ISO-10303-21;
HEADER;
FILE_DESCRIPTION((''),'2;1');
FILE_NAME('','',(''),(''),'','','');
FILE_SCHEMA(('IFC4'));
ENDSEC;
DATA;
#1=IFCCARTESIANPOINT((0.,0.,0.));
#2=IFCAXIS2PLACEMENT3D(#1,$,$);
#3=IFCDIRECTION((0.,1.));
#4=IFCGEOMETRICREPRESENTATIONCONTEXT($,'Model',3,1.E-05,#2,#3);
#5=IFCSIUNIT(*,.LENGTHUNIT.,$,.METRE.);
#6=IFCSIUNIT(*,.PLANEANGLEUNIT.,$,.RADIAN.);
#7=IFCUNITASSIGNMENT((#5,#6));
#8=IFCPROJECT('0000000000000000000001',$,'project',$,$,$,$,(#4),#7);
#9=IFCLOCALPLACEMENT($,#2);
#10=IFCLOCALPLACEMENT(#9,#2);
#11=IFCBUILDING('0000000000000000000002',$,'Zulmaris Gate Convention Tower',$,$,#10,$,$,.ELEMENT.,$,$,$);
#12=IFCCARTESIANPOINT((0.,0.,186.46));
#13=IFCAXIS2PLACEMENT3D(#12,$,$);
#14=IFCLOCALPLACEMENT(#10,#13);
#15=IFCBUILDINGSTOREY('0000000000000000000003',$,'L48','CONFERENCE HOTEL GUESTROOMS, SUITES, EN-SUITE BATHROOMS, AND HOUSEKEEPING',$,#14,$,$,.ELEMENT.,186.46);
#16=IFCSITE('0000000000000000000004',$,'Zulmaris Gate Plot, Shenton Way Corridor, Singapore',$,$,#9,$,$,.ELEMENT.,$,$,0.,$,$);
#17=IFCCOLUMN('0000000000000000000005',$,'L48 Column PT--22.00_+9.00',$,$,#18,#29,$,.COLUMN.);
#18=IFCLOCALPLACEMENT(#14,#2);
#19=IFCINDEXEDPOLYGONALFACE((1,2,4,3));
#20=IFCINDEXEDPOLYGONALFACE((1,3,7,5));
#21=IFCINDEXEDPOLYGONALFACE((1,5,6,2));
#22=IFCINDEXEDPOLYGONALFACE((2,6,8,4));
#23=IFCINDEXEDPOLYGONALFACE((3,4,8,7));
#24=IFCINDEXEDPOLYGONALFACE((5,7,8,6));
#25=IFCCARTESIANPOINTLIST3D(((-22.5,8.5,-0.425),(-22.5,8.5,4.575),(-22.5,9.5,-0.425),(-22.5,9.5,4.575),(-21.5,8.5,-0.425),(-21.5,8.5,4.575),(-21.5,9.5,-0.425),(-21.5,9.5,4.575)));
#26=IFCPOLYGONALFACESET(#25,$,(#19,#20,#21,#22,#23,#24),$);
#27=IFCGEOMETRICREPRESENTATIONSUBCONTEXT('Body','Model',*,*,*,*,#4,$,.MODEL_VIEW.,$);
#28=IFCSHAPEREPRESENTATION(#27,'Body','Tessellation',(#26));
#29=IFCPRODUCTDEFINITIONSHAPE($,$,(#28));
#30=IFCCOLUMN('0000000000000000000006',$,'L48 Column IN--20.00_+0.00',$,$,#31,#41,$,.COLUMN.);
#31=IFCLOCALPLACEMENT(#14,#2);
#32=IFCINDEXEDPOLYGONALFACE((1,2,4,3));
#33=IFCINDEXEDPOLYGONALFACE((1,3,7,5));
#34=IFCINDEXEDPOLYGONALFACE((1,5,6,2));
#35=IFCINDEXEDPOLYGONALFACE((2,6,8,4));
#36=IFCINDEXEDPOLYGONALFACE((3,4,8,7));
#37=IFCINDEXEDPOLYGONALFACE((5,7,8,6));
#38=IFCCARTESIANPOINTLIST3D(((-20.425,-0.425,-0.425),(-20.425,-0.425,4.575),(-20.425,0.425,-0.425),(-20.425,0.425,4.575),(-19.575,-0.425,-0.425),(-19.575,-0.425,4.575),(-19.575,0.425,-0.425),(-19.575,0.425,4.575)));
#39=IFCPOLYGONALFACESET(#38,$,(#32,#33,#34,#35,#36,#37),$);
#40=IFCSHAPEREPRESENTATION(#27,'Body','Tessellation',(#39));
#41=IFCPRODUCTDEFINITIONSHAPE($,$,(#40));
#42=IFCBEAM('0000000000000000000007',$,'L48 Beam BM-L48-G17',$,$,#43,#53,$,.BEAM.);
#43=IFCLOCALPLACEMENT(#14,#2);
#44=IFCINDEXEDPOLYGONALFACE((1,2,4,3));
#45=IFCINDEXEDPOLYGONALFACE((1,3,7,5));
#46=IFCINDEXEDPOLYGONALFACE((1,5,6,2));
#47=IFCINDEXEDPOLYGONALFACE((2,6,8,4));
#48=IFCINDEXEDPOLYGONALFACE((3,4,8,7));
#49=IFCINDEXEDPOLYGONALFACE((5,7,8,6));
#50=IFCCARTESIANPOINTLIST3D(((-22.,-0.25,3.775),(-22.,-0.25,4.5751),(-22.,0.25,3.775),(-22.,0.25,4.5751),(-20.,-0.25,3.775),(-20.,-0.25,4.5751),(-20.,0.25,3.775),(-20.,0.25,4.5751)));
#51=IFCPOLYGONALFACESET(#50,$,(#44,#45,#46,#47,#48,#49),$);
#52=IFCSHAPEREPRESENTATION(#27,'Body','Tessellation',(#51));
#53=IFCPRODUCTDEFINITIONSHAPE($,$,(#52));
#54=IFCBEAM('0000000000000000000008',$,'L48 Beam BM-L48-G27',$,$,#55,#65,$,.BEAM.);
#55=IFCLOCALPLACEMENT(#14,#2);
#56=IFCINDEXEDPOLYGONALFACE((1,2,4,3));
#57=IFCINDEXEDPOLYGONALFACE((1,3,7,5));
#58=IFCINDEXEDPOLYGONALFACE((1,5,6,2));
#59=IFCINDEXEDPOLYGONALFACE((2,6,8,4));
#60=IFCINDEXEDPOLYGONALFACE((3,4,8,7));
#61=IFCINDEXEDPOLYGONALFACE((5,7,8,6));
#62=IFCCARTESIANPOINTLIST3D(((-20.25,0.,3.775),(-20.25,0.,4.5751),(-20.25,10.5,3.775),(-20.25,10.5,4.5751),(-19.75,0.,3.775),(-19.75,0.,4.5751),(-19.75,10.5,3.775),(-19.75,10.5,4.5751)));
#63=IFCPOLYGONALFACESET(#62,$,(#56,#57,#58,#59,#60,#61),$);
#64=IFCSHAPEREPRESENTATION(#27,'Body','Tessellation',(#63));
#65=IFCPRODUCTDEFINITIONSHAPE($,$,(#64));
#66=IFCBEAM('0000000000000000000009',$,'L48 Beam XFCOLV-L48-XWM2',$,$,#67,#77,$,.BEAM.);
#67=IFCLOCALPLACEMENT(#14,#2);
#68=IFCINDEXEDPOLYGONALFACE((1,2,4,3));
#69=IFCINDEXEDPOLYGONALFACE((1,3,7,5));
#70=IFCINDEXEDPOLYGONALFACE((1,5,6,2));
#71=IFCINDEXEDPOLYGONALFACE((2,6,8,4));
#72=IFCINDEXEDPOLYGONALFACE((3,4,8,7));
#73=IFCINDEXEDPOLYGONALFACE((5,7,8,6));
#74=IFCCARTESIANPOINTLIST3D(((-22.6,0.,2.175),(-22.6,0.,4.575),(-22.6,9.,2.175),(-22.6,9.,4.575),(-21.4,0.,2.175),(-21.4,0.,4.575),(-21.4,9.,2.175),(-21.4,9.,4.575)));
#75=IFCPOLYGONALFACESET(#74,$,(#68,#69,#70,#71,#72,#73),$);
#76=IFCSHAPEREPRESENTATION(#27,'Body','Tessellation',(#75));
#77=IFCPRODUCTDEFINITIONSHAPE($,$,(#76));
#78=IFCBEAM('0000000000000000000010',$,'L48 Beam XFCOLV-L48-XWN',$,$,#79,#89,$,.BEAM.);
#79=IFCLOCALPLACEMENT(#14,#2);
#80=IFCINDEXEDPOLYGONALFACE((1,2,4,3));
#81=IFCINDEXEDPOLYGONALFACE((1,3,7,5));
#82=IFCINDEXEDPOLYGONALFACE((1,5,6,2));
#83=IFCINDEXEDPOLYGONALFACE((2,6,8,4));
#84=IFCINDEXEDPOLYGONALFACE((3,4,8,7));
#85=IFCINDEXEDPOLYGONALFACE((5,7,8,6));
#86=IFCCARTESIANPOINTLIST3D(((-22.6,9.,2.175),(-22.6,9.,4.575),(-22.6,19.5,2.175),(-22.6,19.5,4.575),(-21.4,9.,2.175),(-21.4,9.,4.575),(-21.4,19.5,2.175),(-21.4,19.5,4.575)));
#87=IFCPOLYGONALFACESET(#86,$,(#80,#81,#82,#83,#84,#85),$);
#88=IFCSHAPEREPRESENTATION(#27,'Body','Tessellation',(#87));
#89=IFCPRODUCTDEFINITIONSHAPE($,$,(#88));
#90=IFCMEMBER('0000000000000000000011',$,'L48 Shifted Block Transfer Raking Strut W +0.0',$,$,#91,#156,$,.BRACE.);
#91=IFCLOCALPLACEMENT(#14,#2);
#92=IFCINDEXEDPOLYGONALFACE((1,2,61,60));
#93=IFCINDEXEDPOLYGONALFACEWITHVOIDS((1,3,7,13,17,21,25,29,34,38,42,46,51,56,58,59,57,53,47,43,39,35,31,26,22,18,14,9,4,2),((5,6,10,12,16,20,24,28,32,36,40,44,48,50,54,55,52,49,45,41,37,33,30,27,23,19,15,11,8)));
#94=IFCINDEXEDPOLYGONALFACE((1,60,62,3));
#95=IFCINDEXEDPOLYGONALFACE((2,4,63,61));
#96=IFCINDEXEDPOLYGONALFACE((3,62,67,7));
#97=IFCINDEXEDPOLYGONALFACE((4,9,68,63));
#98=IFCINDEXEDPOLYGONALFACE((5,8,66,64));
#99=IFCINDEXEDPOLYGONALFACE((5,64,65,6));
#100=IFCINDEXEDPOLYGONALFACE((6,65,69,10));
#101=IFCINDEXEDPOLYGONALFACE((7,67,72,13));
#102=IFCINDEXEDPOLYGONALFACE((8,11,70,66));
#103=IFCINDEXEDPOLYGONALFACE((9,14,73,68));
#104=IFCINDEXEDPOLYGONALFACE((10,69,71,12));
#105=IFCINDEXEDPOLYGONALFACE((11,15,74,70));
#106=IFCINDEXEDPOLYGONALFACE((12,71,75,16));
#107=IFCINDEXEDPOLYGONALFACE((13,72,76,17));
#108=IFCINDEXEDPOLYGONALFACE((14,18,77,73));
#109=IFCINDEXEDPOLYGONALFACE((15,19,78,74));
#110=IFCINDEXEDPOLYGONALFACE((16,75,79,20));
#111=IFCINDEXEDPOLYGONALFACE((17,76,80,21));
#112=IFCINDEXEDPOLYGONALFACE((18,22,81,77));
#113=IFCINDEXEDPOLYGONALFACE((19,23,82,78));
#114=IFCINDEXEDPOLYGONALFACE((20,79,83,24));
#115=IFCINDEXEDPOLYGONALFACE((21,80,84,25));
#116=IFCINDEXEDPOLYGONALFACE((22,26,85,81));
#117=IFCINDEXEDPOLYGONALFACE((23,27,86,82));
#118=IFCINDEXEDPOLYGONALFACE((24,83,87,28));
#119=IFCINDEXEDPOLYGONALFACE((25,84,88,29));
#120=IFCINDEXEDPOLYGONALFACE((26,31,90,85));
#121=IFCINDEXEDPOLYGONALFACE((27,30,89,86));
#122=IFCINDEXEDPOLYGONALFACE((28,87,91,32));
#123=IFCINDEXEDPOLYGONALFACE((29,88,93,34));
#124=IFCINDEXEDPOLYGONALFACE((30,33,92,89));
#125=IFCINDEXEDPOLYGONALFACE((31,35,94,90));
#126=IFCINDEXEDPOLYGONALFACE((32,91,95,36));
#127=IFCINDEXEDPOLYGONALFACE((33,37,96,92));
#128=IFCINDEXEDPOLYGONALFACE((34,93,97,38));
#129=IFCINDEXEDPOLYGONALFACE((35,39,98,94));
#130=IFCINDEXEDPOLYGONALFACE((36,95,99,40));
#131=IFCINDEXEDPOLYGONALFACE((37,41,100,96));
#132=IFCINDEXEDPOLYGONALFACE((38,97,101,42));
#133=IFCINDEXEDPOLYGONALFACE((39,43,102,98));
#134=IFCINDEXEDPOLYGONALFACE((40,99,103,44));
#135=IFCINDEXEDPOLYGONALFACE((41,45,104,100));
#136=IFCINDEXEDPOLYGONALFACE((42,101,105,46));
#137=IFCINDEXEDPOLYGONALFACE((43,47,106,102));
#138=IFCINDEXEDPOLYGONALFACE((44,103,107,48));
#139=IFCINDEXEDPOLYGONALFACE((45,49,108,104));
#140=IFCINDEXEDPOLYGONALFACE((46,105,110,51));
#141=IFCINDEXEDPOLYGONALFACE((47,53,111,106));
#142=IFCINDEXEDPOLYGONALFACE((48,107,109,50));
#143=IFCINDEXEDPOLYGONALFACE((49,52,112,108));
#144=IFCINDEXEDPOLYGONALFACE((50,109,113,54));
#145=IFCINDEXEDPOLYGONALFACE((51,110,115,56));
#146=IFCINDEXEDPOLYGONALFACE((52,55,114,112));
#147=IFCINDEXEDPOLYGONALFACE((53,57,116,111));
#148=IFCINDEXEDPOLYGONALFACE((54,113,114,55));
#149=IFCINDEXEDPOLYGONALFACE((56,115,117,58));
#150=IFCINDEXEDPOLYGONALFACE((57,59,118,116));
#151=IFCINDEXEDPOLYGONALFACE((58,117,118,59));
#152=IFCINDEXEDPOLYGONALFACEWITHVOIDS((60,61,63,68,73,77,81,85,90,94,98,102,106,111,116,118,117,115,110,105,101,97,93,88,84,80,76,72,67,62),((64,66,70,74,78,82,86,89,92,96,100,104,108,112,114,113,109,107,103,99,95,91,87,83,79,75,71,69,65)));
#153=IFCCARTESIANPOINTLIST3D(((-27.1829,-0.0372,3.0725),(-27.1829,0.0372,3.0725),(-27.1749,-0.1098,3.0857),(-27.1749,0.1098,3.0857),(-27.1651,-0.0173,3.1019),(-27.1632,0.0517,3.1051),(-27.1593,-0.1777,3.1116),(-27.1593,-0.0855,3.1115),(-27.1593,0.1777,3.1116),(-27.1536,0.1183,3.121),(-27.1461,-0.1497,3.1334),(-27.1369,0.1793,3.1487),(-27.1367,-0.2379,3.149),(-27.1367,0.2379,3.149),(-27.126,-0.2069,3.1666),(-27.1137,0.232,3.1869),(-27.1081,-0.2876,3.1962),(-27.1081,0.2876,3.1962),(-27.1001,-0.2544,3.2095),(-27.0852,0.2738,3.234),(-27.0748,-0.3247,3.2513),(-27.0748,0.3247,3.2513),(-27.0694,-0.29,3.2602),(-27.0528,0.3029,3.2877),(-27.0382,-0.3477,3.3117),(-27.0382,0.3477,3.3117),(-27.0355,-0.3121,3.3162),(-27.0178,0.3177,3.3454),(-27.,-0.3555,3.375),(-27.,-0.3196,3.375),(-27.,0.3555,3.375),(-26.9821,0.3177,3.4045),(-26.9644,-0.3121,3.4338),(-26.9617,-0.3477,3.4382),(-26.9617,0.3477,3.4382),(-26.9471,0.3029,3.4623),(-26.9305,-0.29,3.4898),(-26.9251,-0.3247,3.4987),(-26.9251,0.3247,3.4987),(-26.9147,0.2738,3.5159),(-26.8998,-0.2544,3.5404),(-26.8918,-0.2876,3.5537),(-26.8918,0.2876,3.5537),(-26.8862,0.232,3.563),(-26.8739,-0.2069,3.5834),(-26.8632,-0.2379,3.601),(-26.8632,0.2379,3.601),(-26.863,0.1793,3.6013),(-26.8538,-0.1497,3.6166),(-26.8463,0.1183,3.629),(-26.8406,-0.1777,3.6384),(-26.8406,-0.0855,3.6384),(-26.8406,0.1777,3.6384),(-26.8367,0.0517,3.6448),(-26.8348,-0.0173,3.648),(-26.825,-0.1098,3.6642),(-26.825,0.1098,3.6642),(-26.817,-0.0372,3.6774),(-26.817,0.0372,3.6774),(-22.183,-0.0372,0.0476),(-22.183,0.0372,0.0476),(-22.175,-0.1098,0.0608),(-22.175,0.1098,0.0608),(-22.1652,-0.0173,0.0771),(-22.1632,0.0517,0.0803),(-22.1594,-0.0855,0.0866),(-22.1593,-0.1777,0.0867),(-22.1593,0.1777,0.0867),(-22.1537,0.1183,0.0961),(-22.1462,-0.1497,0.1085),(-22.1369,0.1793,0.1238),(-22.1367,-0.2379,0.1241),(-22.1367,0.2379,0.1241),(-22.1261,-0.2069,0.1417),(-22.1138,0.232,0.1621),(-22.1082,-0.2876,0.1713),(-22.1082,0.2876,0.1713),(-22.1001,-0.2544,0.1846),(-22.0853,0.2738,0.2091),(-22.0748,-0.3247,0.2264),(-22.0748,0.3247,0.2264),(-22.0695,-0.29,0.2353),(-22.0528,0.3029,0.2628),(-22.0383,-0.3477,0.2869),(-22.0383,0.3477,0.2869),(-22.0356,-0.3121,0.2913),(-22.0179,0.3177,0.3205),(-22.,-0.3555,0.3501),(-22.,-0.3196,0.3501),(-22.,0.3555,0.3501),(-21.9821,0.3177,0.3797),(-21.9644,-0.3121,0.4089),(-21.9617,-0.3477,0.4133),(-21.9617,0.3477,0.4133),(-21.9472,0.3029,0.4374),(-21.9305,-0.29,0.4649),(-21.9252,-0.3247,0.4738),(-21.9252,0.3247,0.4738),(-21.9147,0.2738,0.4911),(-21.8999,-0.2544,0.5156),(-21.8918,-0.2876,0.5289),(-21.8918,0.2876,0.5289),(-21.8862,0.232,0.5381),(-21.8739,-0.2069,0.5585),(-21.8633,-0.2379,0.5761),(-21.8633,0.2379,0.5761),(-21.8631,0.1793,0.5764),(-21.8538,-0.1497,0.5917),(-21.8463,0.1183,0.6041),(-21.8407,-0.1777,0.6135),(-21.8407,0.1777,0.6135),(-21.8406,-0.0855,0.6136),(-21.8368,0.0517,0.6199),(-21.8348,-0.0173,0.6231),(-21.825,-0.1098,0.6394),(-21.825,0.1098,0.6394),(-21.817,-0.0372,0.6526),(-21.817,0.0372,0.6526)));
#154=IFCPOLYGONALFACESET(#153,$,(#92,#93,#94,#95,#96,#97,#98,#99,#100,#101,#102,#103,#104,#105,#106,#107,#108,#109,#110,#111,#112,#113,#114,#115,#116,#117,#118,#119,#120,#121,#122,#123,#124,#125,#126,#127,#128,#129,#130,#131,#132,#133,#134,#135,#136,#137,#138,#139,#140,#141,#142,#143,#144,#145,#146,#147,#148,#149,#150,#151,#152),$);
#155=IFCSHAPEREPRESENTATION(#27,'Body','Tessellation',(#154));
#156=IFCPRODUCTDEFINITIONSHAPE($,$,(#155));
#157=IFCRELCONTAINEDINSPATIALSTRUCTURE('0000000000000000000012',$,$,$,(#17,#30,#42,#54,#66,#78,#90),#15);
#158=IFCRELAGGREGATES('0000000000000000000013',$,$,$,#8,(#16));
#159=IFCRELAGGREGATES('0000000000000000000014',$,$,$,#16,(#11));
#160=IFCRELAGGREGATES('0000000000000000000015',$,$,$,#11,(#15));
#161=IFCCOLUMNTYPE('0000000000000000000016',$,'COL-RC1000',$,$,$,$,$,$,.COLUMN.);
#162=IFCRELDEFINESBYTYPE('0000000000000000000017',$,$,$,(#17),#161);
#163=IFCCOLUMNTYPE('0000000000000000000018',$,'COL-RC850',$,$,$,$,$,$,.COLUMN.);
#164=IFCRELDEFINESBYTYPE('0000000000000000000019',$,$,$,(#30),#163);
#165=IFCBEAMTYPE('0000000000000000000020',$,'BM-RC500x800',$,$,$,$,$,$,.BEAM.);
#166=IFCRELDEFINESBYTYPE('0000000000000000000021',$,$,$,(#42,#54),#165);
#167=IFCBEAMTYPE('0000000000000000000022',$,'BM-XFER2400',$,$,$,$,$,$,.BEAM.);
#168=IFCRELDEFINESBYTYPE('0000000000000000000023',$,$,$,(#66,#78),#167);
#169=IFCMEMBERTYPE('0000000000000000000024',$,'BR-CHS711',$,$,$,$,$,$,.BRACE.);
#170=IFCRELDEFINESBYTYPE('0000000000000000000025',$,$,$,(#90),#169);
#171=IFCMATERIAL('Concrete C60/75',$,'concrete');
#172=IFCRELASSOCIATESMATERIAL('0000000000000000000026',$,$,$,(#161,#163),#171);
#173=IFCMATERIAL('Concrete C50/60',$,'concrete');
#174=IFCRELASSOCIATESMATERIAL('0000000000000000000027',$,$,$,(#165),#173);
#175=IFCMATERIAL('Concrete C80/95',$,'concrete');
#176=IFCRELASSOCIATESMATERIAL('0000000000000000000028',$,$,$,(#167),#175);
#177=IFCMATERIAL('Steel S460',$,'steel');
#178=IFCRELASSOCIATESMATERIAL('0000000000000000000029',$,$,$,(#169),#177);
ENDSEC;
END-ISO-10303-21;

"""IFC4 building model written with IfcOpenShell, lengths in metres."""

from ifc_helpers import new_model, si_unit, direction, frame, origin, origin_2d, place, context, subcontext, project, spatial, rectangle, hollow_circle, extrude, material, material_profile, profile_set, type_object, element, save


model = new_model("IFC4")

# Units and contexts
model_context = context("Model", 3, precision=1e-05, world=origin(), true_north=direction((0.0, 1.0)))
body_context = subcontext(model_context, "Body", "Model", "MODEL_VIEW")
ifc_project = project(units=[si_unit("LENGTHUNIT", "METRE"), si_unit("PLANEANGLEUNIT", "RADIAN")], contexts=[model_context])

# Site, building, storey
site_placement = place(None, origin())
site = spatial("IfcSite", under=ifc_project, at=site_placement, Name="Zulmaris Gate Plot, Shenton Way Corridor, Singapore", CompositionType="ELEMENT", RefElevation=0.0)
building_placement = place(site_placement, origin())
building = spatial("IfcBuilding", under=site, at=building_placement, Name="Zulmaris Gate Convention Tower", CompositionType="ELEMENT")
storey_placement = place(building_placement, frame((0.0, 0.0, 186.46)))
storey = spatial("IfcBuildingStorey", under=building, at=storey_placement, Name="L48", Description="CONFERENCE HOTEL GUESTROOMS, SUITES, EN-SUITE BATHROOMS, AND HOUSEKEEPING", CompositionType="ELEMENT", Elevation=186.46)

# Columns
ifc_material_1 = material(Name="Concrete C60/75", Category="concrete")
ifc_material_profile_1 = material_profile(ifc_material_1, rectangle(XDim=1.0, YDim=1.0, at=origin_2d()), Name="RC COL 1000x1000")
ifc_profile_set_1 = profile_set([ifc_material_profile_1], Name="Concrete C60/75")
column_type_1 = type_object("IfcColumnType", Name="COL-RC1000", PredefinedType="COLUMN", material=ifc_profile_set_1)
column_1_placement = place(storey_placement, frame((-22.0, 9.0, -0.425), z_axis=(0.0, 0.0, 1.0), x_axis=(1.0, 0.0, 0.0)))
element("IfcColumn", 1, at=column_1_placement, inside=storey, type_object=column_type_1, Name="L48 Column PT--22.00_+9.00", PredefinedType="COLUMN", context=body_context, shape_type="SweptSolid", body=[
    extrude(rectangle(XDim=1.0, YDim=1.0, at=origin_2d()), origin(), (0.0, 0.0, 1.0), 5.0),
])
ifc_material_profile_2 = material_profile(ifc_material_1, rectangle(XDim=0.8501, YDim=0.8501, at=origin_2d()), Name="RC COL 850x850")
ifc_profile_set_2 = profile_set([ifc_material_profile_2], Name="Concrete C60/75")
column_type_2 = type_object("IfcColumnType", Name="COL-RC850", PredefinedType="COLUMN", material=ifc_profile_set_2)
column_2_placement = place(storey_placement, frame((-20.0, 0.0, -0.425), z_axis=(0.0, 0.0, 1.0), x_axis=(1.0, 0.0, 0.0)))
element("IfcColumn", 2, at=column_2_placement, inside=storey, type_object=column_type_2, Name="L48 Column IN--20.00_+0.00", PredefinedType="COLUMN", context=body_context, shape_type="SweptSolid", body=[
    extrude(rectangle(XDim=0.8501, YDim=0.8501, at=origin_2d()), origin(), (0.0, 0.0, 1.0), 5.0),
])

# Beams
ifc_material_2 = material(Name="Concrete C50/60", Category="concrete")
ifc_material_profile_3 = material_profile(ifc_material_2, rectangle(XDim=0.5, YDim=0.8, at=origin_2d()), Name="RC BEAM 500x800")
ifc_profile_set_3 = profile_set([ifc_material_profile_3], Name="Concrete C50/60")
beam_type_1 = type_object("IfcBeamType", Name="BM-RC500x800", PredefinedType="BEAM", material=ifc_profile_set_3)
beam_1_placement = place(storey_placement, frame((-22.0, 0.0, 4.175), z_axis=(1.0, 0.0, 0.0), x_axis=(0.0, 1.0, 0.0)))
element("IfcBeam", 3, at=beam_1_placement, inside=storey, type_object=beam_type_1, Name="L48 Beam BM-L48-G17", PredefinedType="BEAM", context=body_context, shape_type="SweptSolid", body=[
    extrude(rectangle(XDim=0.5, YDim=0.8, at=origin_2d()), origin(), (0.0, 0.0, 1.0), 2.0),
])
beam_2_placement = place(storey_placement, frame((-20.0, 0.0, 4.175), z_axis=(0.0, 1.0, 0.0), x_axis=(-1.0, 0.0, 0.0)))
element("IfcBeam", 4, at=beam_2_placement, inside=storey, type_object=beam_type_1, Name="L48 Beam BM-L48-G27", PredefinedType="BEAM", context=body_context, shape_type="SweptSolid", body=[
    extrude(rectangle(XDim=0.5, YDim=0.8, at=origin_2d()), origin(), (0.0, 0.0, 1.0), 10.5),
])
ifc_material_3 = material(Name="Concrete C80/95", Category="concrete")
ifc_material_profile_4 = material_profile(ifc_material_3, rectangle(XDim=1.2, YDim=2.3999, at=origin_2d()), Name="RC TRANSFER 1200x2400")
ifc_profile_set_4 = profile_set([ifc_material_profile_4], Name="Concrete C80/95")
beam_type_2 = type_object("IfcBeamType", Name="BM-XFER2400", PredefinedType="BEAM", material=ifc_profile_set_4)
beam_3_placement = place(storey_placement, frame((-22.0, 0.0, 3.375), z_axis=(0.0, 1.0, 0.0), x_axis=(-1.0, 0.0, 0.0)))
element("IfcBeam", 5, at=beam_3_placement, inside=storey, type_object=beam_type_2, Name="L48 Beam XFCOLV-L48-XWM2", PredefinedType="BEAM", context=body_context, shape_type="SweptSolid", body=[
    extrude(rectangle(XDim=1.2, YDim=2.3999, at=origin_2d()), origin(), (0.0, 0.0, 1.0), 9.0),
])
beam_4_placement = place(storey_placement, frame((-22.0, 9.0, 3.375), z_axis=(0.0, 1.0, 0.0), x_axis=(-1.0, 0.0, 0.0)))
element("IfcBeam", 6, at=beam_4_placement, inside=storey, type_object=beam_type_2, Name="L48 Beam XFCOLV-L48-XWN", PredefinedType="BEAM", context=body_context, shape_type="SweptSolid", body=[
    extrude(rectangle(XDim=1.2, YDim=2.3999, at=origin_2d()), origin(), (0.0, 0.0, 1.0), 10.5),
])

# Member
ifc_material_4 = material(Name="Steel S460", Category="steel")
ifc_material_profile_5 = material_profile(ifc_material_4, hollow_circle(Radius=0.3555, WallThickness=0.0359, at=origin_2d()), Name="CHS 711x36")
ifc_profile_set_5 = profile_set([ifc_material_profile_5], Name="Steel S460")
member_type = type_object("IfcMemberType", Name="BR-CHS711", PredefinedType="BRACE", material=ifc_profile_set_5)
for number, where, z_axis, x_axis, name in (
    (7, (-22.0, 0.0, 0.3501), (-0.855607, 0.0, 0.517626), (0.0, -1.0, 0.0), "L48 Shifted Block Transfer Raking Strut W +0.0"),
):
    element("IfcMember", number, at=place(storey_placement, frame(where, z_axis=z_axis, x_axis=x_axis)), inside=storey, type_object=member_type, Name=name, PredefinedType="BRACE", context=body_context, shape_type="SweptSolid", body=[
        extrude(hollow_circle(Radius=0.3555, WallThickness=0.0359, at=origin_2d()), origin(), (0.0, 0.0, 1.0), 5.8438),
    ])

save(model, "model.ifc")
